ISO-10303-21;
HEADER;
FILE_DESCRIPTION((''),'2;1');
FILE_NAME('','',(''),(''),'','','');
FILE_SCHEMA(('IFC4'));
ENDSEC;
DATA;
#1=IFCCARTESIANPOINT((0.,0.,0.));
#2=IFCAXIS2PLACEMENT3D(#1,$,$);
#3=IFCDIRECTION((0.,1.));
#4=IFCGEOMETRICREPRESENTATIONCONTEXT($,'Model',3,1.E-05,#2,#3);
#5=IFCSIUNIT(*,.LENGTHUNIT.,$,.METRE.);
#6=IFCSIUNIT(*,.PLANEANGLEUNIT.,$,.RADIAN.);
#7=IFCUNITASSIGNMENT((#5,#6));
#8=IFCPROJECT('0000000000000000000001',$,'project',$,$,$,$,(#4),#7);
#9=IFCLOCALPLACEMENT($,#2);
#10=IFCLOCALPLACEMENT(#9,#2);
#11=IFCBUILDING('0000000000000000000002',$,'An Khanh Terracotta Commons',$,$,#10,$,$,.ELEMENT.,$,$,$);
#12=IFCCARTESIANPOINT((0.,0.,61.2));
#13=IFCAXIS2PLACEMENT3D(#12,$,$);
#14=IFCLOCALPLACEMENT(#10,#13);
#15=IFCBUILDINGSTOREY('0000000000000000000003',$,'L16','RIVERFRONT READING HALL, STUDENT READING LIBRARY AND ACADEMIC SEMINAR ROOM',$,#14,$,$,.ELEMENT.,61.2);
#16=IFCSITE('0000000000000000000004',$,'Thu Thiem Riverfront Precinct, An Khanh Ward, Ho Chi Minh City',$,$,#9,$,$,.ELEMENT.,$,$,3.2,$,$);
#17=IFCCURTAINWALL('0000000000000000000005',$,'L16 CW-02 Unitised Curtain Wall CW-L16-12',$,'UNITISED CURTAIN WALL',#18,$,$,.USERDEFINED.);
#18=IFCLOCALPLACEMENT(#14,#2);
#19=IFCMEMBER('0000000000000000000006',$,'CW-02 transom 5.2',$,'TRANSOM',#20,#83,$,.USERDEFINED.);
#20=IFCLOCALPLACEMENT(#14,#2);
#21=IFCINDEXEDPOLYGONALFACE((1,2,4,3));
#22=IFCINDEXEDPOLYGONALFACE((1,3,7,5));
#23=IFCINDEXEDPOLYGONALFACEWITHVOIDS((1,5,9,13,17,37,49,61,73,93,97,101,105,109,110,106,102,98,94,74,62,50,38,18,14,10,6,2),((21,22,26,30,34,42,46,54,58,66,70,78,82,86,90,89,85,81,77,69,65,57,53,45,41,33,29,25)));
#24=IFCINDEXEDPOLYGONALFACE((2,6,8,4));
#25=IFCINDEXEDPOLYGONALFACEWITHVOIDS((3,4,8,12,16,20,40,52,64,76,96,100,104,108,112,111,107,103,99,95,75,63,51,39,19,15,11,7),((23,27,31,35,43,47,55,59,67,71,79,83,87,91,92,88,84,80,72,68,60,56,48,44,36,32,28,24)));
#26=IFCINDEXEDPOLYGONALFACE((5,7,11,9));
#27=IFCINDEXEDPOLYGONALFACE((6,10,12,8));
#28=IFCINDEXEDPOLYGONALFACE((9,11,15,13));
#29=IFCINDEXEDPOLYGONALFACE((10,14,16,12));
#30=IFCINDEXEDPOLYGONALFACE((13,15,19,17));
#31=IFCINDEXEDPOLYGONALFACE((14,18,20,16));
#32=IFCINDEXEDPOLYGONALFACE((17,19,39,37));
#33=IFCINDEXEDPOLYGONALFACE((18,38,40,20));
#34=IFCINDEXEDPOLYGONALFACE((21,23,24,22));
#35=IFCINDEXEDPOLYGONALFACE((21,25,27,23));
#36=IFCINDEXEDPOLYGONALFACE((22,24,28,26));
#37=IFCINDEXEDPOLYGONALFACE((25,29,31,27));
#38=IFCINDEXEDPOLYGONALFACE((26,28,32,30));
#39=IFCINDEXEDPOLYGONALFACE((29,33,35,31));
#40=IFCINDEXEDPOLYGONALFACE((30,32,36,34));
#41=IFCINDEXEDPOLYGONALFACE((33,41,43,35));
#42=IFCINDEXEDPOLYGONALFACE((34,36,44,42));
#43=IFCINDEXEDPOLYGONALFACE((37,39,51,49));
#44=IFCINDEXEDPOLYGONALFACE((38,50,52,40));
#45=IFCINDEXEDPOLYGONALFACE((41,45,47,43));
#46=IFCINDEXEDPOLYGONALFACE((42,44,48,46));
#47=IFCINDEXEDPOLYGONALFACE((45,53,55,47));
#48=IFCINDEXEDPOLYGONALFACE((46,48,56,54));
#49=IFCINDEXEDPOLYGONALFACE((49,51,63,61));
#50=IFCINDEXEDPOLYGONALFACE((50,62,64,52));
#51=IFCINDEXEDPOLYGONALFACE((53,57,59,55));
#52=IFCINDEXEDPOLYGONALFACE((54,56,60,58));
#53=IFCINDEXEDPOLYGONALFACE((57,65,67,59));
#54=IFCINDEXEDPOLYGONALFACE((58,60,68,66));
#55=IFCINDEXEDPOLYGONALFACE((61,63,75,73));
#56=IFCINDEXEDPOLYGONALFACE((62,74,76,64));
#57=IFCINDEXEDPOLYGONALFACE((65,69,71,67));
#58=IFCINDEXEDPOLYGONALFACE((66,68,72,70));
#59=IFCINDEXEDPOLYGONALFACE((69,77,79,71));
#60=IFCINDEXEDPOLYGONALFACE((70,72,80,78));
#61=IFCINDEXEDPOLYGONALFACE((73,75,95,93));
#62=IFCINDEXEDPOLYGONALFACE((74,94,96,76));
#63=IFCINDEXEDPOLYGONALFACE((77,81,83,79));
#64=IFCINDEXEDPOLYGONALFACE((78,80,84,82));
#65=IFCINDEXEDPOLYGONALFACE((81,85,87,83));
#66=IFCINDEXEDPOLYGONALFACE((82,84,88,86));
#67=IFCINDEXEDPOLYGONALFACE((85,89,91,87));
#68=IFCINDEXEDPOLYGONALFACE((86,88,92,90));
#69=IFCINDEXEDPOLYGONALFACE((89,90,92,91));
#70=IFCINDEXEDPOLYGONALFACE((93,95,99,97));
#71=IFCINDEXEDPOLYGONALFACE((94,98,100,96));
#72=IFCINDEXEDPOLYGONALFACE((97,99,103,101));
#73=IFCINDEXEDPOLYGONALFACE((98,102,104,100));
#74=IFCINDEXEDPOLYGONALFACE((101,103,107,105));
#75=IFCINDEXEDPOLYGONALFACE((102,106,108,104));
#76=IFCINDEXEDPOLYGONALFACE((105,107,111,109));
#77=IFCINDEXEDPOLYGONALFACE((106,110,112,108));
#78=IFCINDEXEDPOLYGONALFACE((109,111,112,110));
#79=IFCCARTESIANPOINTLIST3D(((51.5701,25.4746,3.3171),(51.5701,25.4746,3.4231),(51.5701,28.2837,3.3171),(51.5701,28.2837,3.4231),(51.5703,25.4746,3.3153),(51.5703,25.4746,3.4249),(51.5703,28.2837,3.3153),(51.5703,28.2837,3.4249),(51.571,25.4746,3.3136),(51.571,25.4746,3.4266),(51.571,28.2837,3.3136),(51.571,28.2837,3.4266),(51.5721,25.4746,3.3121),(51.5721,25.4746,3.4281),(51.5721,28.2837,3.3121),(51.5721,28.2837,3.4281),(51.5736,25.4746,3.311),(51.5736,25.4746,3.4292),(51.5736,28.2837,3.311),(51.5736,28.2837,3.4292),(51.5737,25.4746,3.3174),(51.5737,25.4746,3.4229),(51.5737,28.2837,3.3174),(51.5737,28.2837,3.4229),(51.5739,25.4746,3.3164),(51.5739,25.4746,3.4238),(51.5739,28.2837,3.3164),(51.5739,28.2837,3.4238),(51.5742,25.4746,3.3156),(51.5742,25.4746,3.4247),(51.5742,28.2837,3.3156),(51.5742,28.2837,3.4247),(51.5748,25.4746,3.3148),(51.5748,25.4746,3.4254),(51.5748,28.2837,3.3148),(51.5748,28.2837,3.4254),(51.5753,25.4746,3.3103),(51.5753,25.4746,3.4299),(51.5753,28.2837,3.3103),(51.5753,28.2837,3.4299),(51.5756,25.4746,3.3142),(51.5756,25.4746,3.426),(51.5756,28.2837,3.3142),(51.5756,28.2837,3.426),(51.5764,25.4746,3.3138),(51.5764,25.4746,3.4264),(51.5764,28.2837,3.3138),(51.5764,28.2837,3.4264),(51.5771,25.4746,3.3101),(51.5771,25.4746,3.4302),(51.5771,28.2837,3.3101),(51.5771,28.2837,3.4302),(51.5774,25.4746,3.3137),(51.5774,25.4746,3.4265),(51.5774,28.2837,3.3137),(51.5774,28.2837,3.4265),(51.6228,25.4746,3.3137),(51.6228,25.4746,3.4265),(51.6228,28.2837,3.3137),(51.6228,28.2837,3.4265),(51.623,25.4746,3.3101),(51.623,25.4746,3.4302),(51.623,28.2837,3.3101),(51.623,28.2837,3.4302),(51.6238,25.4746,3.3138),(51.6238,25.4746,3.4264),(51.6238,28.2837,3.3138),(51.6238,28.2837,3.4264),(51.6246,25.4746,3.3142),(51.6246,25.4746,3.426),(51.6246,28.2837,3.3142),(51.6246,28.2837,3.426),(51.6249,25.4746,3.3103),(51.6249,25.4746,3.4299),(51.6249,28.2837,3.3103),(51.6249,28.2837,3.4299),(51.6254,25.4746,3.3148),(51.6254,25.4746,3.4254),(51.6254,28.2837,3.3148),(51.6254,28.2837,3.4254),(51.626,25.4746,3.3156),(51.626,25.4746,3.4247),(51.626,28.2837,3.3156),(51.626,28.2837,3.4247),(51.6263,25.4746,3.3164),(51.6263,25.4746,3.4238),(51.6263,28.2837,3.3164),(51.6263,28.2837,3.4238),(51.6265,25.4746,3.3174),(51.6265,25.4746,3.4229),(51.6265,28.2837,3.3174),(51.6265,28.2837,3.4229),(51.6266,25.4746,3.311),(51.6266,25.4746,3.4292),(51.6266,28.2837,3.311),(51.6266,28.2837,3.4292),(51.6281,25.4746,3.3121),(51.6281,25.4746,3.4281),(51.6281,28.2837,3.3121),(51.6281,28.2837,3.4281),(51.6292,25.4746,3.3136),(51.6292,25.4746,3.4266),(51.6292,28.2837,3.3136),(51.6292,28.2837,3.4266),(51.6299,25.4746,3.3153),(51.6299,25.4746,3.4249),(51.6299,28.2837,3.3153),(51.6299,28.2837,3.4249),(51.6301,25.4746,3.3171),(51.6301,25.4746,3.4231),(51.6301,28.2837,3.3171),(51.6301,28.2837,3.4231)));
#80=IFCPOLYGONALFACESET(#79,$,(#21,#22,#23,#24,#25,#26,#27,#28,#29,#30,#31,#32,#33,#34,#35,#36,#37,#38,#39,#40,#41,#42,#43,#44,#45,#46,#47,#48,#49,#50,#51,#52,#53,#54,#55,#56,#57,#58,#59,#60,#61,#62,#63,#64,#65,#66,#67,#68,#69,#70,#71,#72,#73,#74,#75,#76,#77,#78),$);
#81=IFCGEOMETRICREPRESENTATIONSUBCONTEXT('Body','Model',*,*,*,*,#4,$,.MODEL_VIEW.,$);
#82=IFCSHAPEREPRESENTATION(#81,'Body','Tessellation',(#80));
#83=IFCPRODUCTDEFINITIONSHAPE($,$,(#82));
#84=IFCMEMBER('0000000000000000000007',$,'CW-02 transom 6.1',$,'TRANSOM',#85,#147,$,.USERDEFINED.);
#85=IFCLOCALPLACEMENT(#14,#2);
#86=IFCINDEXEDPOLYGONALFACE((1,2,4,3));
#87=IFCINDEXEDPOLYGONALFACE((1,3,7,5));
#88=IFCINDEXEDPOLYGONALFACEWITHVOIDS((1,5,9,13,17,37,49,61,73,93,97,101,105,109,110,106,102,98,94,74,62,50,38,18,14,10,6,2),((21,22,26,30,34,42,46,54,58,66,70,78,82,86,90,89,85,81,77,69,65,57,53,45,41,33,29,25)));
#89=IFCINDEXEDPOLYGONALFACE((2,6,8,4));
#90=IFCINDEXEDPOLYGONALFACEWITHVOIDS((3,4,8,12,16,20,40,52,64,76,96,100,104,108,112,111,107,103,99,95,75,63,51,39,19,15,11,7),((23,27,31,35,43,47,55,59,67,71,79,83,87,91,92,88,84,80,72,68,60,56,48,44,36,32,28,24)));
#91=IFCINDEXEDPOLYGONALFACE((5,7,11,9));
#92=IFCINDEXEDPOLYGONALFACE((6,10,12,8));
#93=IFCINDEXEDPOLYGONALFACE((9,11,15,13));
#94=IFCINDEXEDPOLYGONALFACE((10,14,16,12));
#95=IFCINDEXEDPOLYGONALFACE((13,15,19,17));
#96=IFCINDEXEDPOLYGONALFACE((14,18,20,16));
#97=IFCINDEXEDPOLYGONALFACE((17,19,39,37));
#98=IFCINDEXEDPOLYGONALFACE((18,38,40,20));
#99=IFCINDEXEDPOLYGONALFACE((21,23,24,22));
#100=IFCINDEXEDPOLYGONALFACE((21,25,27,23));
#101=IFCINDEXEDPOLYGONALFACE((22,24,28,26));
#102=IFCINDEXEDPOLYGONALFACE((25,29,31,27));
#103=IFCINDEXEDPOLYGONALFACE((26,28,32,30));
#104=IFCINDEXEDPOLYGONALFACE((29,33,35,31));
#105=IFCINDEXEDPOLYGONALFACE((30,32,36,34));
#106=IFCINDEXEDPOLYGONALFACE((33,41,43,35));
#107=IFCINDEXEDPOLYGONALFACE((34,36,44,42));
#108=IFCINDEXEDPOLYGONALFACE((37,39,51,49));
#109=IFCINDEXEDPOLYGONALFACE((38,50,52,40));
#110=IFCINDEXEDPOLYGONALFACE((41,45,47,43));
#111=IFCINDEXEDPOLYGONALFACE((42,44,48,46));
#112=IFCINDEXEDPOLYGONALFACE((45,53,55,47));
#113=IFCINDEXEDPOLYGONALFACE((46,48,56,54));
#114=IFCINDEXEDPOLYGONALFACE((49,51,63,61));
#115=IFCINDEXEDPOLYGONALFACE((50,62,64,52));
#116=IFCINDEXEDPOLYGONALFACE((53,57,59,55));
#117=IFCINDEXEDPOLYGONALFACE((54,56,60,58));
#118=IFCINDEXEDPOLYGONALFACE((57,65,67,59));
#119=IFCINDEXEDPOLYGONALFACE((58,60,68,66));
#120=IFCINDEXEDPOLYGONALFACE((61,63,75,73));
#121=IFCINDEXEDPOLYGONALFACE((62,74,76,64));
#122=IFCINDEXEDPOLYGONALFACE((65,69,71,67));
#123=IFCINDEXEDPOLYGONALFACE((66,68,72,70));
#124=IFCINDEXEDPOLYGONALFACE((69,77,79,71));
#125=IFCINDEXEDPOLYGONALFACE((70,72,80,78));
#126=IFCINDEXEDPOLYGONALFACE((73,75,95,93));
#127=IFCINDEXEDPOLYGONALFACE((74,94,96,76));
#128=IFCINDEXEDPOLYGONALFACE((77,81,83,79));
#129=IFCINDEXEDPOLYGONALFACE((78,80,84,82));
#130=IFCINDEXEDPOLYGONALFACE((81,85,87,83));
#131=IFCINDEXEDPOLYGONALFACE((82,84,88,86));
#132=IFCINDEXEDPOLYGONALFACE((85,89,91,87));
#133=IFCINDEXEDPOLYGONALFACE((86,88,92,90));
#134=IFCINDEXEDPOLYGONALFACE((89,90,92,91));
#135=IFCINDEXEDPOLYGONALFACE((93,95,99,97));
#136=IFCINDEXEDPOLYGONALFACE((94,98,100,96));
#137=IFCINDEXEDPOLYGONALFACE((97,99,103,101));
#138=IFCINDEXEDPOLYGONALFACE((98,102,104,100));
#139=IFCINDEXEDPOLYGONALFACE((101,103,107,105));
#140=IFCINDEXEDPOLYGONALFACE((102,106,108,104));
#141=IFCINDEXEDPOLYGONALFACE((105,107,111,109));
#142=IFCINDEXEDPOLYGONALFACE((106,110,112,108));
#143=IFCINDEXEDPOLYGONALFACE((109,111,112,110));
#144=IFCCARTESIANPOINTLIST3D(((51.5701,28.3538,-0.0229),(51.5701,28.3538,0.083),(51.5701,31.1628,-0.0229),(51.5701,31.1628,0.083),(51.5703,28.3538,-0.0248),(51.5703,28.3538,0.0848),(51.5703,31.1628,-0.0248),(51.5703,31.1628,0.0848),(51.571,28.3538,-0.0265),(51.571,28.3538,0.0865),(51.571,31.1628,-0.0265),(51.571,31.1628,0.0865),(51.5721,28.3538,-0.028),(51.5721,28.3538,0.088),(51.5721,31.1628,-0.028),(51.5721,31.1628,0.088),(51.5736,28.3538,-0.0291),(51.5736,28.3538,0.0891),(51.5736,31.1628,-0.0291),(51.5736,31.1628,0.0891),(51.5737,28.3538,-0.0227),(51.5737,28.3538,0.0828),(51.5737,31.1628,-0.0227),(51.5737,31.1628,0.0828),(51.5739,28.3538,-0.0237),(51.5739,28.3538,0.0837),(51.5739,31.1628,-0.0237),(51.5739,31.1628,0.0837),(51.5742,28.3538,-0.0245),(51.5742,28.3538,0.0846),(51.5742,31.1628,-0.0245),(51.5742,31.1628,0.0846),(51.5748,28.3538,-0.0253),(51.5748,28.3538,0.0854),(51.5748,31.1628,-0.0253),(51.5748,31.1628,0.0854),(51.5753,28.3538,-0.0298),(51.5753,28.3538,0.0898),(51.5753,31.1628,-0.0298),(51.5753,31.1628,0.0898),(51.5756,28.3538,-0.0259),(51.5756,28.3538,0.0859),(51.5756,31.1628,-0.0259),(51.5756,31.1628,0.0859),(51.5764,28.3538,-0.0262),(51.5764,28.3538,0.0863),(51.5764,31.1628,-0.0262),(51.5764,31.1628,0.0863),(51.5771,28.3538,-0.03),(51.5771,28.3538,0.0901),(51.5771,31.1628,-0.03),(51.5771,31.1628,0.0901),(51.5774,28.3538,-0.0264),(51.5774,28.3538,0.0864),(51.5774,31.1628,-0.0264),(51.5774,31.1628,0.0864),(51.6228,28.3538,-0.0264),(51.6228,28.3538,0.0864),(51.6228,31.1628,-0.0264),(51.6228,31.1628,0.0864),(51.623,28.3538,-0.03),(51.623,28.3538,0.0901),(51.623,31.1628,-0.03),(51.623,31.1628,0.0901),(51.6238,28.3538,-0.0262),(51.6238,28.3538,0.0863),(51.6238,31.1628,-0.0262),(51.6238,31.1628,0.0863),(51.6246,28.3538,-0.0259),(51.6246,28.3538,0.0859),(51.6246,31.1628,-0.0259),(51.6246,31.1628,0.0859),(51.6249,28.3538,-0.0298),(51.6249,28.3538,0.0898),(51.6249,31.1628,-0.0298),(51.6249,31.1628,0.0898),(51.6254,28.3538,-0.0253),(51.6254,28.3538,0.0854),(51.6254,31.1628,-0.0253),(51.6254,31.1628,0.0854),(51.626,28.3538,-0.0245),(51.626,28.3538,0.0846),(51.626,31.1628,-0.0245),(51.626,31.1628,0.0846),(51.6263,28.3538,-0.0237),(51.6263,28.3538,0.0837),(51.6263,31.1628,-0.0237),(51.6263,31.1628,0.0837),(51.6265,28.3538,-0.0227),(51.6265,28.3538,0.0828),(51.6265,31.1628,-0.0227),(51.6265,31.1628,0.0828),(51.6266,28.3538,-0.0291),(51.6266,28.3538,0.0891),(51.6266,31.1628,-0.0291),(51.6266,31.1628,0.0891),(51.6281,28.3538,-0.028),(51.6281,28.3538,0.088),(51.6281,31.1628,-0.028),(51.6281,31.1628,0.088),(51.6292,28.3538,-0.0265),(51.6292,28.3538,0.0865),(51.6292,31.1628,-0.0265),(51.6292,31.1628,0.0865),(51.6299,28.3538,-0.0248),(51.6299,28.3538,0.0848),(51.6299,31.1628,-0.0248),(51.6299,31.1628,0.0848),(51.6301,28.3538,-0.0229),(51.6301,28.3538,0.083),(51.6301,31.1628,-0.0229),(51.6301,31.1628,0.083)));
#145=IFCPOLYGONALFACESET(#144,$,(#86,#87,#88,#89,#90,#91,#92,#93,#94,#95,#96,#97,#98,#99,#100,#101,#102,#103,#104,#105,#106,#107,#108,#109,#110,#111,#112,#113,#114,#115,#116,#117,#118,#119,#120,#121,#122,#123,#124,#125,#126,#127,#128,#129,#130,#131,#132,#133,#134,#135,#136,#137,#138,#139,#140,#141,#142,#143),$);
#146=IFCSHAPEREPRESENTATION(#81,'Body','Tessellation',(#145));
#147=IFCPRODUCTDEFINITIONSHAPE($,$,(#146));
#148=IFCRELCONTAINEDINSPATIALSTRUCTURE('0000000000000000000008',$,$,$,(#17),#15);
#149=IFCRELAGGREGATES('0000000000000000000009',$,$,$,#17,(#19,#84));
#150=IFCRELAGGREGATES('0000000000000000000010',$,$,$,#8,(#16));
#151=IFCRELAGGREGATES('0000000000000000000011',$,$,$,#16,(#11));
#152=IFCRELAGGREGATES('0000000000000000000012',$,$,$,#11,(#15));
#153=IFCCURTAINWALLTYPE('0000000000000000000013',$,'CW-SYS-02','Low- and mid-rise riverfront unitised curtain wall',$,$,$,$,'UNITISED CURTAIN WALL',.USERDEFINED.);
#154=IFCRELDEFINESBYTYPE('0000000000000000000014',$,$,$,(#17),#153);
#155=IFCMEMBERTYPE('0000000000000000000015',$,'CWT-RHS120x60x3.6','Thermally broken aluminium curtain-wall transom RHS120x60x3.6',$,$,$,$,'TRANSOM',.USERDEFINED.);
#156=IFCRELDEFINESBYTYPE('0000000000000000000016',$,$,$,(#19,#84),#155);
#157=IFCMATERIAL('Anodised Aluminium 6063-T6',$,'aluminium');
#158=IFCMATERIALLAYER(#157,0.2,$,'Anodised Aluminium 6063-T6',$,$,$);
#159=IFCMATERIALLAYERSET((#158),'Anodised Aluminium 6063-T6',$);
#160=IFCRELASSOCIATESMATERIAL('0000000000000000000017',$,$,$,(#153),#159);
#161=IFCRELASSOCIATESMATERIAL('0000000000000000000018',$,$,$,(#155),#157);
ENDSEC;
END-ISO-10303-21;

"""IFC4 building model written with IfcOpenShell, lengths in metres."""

from ifc_helpers import new_model, si_unit, direction, frame, origin, origin_2d, place, context, subcontext, project, spatial, hollow_rectangle, extrude, material, layer, layer_set, material_profile, profile_set, type_object, element, aggregate, save


model = new_model("IFC4")

# Units and contexts
model_context = context("Model", 3, precision=1e-05, world=origin(), true_north=direction((0.0, 1.0)))
body_context = subcontext(model_context, "Body", "Model", "MODEL_VIEW")
ifc_project = project(units=[si_unit("LENGTHUNIT", "METRE"), si_unit("PLANEANGLEUNIT", "RADIAN")], contexts=[model_context])

# Site, building, storey
site_placement = place(None, origin())
site = spatial("IfcSite", under=ifc_project, at=site_placement, Name="Thu Thiem Riverfront Precinct, An Khanh Ward, Ho Chi Minh City", CompositionType="ELEMENT", RefElevation=3.2)
building_placement = place(site_placement, origin())
building = spatial("IfcBuilding", under=site, at=building_placement, Name="An Khanh Terracotta Commons", CompositionType="ELEMENT")
storey_placement = place(building_placement, frame((0.0, 0.0, 61.2)))
storey = spatial("IfcBuildingStorey", under=building, at=storey_placement, Name="L16", Description="RIVERFRONT READING HALL, STUDENT READING LIBRARY AND ACADEMIC SEMINAR ROOM", CompositionType="ELEMENT", Elevation=61.2)

# Curtain wall, members
ifc_material_1 = material(Name="Anodised Aluminium 6063-T6", Category="aluminium")
ifc_layer_1 = layer(ifc_material_1, 0.2, Name="Anodised Aluminium 6063-T6")
ifc_layer_set_1 = layer_set([ifc_layer_1], Name="Anodised Aluminium 6063-T6")
curtain_wall_type = type_object("IfcCurtainWallType", Name="CW-SYS-02", Description="Low- and mid-rise riverfront unitised curtain wall", ElementType="UNITISED CURTAIN WALL", PredefinedType="USERDEFINED", material=ifc_layer_set_1)
curtain_wall_placement = place(storey_placement, origin())
curtain_wall = element("IfcCurtainWall", 1, at=curtain_wall_placement, inside=storey, type_object=curtain_wall_type, Name="L16 CW-02 Unitised Curtain Wall CW-L16-12", ObjectType="UNITISED CURTAIN WALL", PredefinedType="USERDEFINED")
ifc_material_profile_1 = material_profile(ifc_material_1, hollow_rectangle(XDim=0.0601, YDim=0.1201, WallThickness=0.0037, InnerFilletRadius=0.0037, OuterFilletRadius=0.0071, at=origin_2d()), Name="RHS120x60x3.6")
ifc_profile_set_1 = profile_set([ifc_material_profile_1], Name="Anodised Aluminium 6063-T6")
member_type_1 = type_object("IfcMemberType", Name="CWT-RHS120x60x3.6", Description="Thermally broken aluminium curtain-wall transom RHS120x60x3.6", ElementType="TRANSOM", PredefinedType="USERDEFINED", material=ifc_profile_set_1)
member_1_placement = place(storey_placement, frame((51.6001, 25.4746, 3.3701), z_axis=(0.0, 1.0, 0.0), x_axis=(-1.0, 0.0, 0.0)))
member_1 = element("IfcMember", 2, at=member_1_placement, type_object=member_type_1, Name="CW-02 transom 5.2", ObjectType="TRANSOM", PredefinedType="USERDEFINED", context=body_context, shape_type="SweptSolid", body=[
    extrude(hollow_rectangle(XDim=0.0601, YDim=0.1201, WallThickness=0.0037, InnerFilletRadius=0.0037, OuterFilletRadius=0.0071, at=origin_2d()), origin(), (0.0, 0.0, 1.0), 2.8091),
])
member_2_placement = place(storey_placement, frame((51.6001, 28.3538, 0.03), z_axis=(0.0, 1.0, 0.0), x_axis=(-1.0, 0.0, 0.0)))
member_2 = element("IfcMember", 3, at=member_2_placement, type_object=member_type_1, Name="CW-02 transom 6.1", ObjectType="TRANSOM", PredefinedType="USERDEFINED", context=body_context, shape_type="SweptSolid", body=[
    extrude(hollow_rectangle(XDim=0.0601, YDim=0.1201, WallThickness=0.0037, InnerFilletRadius=0.0037, OuterFilletRadius=0.0071, at=origin_2d()), origin(), (0.0, 0.0, 1.0), 2.8091),
])
aggregate(curtain_wall, [member_1, member_2])

save(model, "model.ifc")
